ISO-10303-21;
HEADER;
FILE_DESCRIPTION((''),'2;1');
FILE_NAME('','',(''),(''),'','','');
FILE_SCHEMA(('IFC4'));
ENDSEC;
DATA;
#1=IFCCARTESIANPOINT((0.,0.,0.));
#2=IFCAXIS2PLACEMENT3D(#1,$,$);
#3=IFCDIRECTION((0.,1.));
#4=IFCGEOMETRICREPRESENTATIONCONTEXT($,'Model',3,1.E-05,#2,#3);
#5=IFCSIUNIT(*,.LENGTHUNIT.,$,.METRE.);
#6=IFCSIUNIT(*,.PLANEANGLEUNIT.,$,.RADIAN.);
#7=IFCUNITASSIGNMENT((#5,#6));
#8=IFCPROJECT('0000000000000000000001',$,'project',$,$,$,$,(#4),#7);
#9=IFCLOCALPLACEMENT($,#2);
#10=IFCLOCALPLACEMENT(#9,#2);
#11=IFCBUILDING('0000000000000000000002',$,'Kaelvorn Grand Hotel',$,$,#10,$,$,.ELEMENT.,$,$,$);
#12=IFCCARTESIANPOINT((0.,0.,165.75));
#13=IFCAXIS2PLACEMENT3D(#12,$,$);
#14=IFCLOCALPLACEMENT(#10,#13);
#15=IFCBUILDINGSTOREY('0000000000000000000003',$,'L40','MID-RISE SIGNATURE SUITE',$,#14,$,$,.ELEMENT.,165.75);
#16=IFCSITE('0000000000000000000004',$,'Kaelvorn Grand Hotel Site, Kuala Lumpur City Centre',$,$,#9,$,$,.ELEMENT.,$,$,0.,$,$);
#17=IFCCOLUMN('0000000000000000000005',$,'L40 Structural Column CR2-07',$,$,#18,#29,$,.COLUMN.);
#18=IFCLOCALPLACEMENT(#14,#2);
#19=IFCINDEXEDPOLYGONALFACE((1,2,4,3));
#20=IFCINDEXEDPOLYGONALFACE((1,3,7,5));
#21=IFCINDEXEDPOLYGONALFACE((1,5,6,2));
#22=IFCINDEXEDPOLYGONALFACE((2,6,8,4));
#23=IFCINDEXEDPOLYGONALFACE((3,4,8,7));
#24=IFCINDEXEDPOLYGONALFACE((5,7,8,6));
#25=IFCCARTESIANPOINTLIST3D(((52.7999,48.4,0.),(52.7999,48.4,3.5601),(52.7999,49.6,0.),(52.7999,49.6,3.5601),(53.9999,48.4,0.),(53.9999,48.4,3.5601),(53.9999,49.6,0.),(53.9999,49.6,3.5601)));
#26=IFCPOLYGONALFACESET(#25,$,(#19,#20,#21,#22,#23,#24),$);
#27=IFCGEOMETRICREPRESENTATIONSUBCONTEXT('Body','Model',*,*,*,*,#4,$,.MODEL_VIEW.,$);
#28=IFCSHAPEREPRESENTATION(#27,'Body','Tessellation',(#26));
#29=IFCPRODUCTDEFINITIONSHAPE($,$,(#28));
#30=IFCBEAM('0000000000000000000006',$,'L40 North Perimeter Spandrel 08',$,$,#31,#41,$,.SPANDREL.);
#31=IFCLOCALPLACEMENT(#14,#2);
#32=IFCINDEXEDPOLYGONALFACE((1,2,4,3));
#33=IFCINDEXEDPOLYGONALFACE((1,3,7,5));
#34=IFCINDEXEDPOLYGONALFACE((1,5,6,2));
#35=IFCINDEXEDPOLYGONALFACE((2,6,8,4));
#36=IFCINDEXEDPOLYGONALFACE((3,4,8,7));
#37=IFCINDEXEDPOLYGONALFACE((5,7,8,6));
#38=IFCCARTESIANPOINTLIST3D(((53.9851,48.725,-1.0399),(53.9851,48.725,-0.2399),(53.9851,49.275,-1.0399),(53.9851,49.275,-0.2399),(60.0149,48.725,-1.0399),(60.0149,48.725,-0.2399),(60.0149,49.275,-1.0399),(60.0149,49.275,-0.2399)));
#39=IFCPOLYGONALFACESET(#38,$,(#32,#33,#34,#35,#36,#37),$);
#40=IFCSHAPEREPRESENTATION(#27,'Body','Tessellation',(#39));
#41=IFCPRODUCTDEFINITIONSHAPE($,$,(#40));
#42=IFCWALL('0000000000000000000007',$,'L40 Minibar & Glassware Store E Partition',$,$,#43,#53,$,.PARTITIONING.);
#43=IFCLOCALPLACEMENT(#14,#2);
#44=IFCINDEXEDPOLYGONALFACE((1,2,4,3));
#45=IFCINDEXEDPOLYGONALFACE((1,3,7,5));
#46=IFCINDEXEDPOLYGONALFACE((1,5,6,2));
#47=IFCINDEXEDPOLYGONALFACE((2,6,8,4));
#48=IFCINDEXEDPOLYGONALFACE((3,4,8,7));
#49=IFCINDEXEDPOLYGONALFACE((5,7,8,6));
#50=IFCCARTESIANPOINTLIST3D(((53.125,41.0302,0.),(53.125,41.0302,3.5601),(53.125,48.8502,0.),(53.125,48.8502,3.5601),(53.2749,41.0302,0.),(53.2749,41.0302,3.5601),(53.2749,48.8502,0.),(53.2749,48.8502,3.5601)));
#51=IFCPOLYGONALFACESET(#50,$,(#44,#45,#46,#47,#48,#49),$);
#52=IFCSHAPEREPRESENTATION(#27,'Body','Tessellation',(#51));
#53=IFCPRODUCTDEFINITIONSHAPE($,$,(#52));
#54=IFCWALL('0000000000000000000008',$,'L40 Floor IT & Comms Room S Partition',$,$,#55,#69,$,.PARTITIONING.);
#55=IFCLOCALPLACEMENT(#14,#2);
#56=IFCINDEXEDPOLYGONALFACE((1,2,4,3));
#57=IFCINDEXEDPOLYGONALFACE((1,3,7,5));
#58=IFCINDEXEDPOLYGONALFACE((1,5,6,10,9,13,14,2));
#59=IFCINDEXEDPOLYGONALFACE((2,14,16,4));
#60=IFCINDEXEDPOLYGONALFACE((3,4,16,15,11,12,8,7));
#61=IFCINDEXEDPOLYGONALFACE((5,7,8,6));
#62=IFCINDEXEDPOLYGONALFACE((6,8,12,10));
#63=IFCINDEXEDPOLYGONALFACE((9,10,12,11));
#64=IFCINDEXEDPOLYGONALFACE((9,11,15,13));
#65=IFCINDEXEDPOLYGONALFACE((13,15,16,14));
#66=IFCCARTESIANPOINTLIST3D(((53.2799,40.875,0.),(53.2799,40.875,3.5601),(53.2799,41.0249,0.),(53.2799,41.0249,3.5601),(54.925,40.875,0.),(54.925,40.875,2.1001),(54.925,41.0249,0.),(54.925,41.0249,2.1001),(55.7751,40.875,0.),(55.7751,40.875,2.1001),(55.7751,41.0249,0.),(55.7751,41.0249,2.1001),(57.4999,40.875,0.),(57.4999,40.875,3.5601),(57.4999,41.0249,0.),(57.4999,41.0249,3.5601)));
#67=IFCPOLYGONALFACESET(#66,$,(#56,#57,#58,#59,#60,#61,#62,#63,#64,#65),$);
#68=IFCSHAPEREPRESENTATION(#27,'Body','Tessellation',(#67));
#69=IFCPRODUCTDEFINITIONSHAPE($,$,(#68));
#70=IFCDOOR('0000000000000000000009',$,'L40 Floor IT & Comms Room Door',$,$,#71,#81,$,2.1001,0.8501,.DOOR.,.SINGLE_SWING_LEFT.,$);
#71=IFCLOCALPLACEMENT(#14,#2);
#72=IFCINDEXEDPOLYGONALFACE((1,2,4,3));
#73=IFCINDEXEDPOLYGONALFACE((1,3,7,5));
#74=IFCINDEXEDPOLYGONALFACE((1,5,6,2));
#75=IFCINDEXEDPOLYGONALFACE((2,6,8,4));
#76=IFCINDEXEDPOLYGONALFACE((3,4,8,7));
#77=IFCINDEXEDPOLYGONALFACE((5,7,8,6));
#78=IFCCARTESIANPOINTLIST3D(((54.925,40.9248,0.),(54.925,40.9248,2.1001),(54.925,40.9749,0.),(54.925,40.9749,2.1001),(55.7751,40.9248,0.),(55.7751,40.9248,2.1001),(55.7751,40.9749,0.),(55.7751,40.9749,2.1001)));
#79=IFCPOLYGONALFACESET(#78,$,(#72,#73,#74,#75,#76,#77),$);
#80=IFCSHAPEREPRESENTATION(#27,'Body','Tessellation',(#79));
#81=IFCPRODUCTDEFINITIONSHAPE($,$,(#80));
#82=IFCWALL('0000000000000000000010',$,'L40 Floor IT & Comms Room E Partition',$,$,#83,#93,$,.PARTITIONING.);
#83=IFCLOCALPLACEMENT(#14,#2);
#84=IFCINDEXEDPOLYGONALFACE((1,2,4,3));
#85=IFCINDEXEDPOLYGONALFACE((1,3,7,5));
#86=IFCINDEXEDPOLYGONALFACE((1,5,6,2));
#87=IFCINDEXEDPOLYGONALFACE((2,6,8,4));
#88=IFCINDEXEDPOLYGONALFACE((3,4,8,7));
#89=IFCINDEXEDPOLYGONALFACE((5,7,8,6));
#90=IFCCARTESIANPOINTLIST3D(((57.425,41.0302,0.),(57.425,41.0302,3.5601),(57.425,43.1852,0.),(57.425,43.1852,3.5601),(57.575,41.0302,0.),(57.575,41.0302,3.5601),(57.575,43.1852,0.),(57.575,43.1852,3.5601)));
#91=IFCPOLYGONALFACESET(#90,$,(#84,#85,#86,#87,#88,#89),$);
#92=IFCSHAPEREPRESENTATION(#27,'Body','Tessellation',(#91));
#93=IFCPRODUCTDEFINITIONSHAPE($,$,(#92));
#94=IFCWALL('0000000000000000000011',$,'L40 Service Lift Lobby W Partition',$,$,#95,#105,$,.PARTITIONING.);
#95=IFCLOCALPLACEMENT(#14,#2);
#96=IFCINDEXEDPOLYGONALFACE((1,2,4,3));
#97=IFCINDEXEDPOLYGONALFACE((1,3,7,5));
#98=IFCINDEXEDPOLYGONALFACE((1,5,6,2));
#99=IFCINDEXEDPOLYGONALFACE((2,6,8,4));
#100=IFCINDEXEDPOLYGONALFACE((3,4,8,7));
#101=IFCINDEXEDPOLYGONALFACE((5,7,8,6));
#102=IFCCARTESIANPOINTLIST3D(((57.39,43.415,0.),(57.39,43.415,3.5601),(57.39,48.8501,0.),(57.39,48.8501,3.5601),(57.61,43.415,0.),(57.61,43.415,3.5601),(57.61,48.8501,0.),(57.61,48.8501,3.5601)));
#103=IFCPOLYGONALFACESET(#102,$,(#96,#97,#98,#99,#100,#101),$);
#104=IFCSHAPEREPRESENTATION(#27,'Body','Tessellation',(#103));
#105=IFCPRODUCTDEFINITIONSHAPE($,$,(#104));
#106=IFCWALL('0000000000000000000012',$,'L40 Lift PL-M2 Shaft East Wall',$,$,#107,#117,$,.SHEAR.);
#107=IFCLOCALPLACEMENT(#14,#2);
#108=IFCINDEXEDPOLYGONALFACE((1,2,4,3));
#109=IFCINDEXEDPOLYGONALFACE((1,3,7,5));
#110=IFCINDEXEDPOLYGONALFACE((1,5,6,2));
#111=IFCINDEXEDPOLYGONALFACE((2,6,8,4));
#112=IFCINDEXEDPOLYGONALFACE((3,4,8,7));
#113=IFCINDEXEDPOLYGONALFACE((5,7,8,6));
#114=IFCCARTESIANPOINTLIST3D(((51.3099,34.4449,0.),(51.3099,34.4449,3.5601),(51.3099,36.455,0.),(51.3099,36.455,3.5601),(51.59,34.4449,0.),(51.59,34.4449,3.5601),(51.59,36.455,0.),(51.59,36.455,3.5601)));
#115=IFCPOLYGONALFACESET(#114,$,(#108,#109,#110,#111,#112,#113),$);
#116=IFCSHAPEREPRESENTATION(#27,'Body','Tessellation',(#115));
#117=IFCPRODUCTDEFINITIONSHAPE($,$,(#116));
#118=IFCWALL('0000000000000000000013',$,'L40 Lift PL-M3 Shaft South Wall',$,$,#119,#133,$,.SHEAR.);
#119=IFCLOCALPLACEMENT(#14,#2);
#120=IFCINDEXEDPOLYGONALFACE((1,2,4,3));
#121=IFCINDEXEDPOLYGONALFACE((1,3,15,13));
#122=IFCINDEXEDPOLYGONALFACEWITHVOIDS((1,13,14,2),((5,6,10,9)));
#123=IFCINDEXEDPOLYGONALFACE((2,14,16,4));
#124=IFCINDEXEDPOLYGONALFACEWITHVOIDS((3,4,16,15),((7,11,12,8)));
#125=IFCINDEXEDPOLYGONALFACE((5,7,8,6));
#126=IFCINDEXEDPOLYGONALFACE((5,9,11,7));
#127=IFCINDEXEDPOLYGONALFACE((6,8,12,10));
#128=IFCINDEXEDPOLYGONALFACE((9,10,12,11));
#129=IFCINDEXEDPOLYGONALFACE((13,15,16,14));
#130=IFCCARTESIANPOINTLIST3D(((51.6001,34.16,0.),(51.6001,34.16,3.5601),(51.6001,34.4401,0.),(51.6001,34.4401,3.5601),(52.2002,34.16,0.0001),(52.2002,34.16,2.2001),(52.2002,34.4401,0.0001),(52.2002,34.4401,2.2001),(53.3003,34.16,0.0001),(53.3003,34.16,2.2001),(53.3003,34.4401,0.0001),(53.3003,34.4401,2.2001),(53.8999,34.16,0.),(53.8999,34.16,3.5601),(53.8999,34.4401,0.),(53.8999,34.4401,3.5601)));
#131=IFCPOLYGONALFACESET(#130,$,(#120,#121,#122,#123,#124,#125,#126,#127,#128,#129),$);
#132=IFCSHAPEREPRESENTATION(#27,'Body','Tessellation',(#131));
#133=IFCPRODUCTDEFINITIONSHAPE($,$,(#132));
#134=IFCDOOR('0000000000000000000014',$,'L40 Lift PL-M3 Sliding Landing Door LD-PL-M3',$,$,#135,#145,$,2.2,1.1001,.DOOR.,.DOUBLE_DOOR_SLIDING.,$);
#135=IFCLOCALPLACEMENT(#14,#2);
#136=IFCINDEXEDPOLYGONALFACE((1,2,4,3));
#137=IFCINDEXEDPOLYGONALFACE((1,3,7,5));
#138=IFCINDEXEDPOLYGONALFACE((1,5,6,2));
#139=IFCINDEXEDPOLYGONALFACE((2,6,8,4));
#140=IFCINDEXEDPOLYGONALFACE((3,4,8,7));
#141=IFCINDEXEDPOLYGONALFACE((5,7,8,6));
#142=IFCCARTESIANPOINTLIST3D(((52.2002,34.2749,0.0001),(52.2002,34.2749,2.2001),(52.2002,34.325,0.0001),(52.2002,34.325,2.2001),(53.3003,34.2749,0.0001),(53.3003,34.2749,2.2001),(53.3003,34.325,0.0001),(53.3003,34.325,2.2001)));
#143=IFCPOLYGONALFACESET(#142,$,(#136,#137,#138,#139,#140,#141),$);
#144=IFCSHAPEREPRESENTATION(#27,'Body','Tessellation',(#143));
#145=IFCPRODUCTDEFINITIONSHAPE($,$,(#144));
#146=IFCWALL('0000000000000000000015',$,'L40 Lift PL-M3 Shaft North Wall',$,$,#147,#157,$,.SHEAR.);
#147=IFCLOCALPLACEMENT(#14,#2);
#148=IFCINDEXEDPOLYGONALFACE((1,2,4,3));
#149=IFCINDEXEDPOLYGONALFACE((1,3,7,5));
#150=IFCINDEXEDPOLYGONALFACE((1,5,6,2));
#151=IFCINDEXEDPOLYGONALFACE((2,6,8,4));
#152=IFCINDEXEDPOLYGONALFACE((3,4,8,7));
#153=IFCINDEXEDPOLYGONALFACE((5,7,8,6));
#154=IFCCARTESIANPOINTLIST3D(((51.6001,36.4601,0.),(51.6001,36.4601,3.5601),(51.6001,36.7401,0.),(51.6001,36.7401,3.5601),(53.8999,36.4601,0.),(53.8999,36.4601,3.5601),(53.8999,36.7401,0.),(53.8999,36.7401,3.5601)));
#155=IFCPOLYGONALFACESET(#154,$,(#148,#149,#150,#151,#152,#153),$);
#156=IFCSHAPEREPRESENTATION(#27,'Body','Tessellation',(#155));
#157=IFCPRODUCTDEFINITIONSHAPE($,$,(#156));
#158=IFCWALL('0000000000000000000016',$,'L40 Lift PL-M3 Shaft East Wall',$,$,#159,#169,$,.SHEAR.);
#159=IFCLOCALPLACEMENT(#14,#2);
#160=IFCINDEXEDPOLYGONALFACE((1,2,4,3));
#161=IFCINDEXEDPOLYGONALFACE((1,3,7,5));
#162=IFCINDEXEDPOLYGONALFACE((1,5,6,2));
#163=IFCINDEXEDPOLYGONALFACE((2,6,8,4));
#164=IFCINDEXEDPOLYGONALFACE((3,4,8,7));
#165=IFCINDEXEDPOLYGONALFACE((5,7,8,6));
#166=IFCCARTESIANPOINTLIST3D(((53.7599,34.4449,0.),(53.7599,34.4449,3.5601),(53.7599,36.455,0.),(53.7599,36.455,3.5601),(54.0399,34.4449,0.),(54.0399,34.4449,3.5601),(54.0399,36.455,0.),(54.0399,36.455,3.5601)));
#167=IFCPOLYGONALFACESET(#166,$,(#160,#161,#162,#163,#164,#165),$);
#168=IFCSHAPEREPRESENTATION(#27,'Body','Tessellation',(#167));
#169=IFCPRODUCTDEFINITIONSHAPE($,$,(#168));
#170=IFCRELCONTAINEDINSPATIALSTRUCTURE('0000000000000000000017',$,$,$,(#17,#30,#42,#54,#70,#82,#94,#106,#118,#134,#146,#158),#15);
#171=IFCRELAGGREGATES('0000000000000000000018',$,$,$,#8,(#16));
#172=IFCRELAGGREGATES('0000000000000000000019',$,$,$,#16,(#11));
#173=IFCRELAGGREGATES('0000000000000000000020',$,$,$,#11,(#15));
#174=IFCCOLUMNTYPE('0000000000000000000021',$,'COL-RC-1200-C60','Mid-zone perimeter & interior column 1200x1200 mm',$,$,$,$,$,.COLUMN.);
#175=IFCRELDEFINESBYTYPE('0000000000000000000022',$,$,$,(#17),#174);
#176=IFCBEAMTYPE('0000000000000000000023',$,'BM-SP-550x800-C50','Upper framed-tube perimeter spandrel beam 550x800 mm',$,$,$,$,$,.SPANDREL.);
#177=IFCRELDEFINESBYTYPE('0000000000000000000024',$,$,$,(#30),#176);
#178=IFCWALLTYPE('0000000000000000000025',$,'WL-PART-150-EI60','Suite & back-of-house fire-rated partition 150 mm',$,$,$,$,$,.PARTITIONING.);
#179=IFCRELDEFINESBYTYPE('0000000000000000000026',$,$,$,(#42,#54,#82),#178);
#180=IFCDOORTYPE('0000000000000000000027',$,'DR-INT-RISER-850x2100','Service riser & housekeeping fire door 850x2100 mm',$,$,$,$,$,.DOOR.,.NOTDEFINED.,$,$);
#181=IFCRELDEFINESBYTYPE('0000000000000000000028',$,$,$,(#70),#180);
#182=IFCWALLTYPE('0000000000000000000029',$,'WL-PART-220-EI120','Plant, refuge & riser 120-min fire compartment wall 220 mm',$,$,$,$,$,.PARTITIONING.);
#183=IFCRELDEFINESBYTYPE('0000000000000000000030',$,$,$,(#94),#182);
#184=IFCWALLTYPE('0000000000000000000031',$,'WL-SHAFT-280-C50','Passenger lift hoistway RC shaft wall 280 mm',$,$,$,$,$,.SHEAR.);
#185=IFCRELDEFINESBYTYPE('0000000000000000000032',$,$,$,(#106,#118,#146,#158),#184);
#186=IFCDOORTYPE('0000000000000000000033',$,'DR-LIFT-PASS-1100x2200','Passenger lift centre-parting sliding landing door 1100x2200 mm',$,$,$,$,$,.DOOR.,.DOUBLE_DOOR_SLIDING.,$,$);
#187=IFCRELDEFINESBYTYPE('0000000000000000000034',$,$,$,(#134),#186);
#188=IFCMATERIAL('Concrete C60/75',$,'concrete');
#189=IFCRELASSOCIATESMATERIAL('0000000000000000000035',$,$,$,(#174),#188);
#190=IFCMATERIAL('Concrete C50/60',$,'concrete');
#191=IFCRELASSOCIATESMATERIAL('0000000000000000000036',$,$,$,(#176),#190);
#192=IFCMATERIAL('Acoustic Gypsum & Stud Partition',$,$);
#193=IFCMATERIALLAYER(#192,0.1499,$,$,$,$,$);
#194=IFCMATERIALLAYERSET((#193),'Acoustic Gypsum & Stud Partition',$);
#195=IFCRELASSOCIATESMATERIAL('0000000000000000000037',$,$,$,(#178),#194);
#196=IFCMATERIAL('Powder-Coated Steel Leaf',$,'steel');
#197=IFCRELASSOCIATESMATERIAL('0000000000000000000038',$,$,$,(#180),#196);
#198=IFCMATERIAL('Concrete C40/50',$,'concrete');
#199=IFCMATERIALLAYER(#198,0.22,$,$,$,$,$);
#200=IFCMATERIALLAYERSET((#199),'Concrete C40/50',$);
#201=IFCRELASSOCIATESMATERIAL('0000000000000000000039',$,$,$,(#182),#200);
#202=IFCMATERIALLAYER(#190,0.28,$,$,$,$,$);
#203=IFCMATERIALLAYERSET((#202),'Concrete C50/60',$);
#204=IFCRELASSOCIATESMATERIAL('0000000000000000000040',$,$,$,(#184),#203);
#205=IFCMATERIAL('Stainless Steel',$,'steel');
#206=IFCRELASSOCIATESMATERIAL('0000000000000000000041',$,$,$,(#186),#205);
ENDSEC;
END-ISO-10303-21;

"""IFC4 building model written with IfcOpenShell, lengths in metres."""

from ifc_helpers import new_model, si_unit, direction, frame, frame_2d, origin, origin_2d, place, context, subcontext, project, spatial, rectangle, extrude, material, layer, layer_set, material_profile, profile_set, type_object, element, fill, save


model = new_model("IFC4")

# Units and contexts
model_context = context("Model", 3, precision=1e-05, world=origin(), true_north=direction((0.0, 1.0)))
body_context = subcontext(model_context, "Body", "Model", "MODEL_VIEW")
ifc_project = project(units=[si_unit("LENGTHUNIT", "METRE"), si_unit("PLANEANGLEUNIT", "RADIAN")], contexts=[model_context])

# Site, building, storey
site_placement = place(None, origin())
site = spatial("IfcSite", under=ifc_project, at=site_placement, Name="Kaelvorn Grand Hotel Site, Kuala Lumpur City Centre", CompositionType="ELEMENT", RefElevation=0.0)
building_placement = place(site_placement, origin())
building = spatial("IfcBuilding", under=site, at=building_placement, Name="Kaelvorn Grand Hotel", CompositionType="ELEMENT")
storey_placement = place(building_placement, frame((0.0, 0.0, 165.75)))
storey = spatial("IfcBuildingStorey", under=building, at=storey_placement, Name="L40", Description="MID-RISE SIGNATURE SUITE", CompositionType="ELEMENT", Elevation=165.75)

# Column
ifc_material_1 = material(Name="Concrete C60/75", Category="concrete")
ifc_material_profile_1 = material_profile(ifc_material_1, rectangle(XDim=1.2, YDim=1.2, at=origin_2d()), Name="RC COL 1200x1200")
ifc_profile_set_1 = profile_set([ifc_material_profile_1], Name="Concrete C60/75")
column_type = type_object("IfcColumnType", Name="COL-RC-1200-C60", Description="Mid-zone perimeter & interior column 1200x1200 mm", PredefinedType="COLUMN", material=ifc_profile_set_1)
column_placement = place(storey_placement, frame((53.3999, 49.0, 0.0), z_axis=(0.0, 0.0, 1.0), x_axis=(1.0, 0.0, 0.0)))
element("IfcColumn", 1, at=column_placement, inside=storey, type_object=column_type, Name="L40 Structural Column CR2-07", PredefinedType="COLUMN", context=body_context, shape_type="SweptSolid", body=[
    extrude(rectangle(XDim=1.2, YDim=1.2, at=origin_2d()), origin(), (0.0, 0.0, 1.0), 3.5601),
])

# Beam
ifc_material_2 = material(Name="Concrete C50/60", Category="concrete")
ifc_material_profile_2 = material_profile(ifc_material_2, rectangle(XDim=0.55, YDim=0.8, at=origin_2d()), Name="RC SPANDREL 550x800")
ifc_profile_set_2 = profile_set([ifc_material_profile_2], Name="Concrete C50/60")
beam_type = type_object("IfcBeamType", Name="BM-SP-550x800-C50", Description="Upper framed-tube perimeter spandrel beam 550x800 mm", PredefinedType="SPANDREL", material=ifc_profile_set_2)
beam_placement = place(storey_placement, frame((53.9851, 49.0, -0.6399), z_axis=(1.0, 0.0, 0.0), x_axis=(0.0, 1.0, 0.0)))
element("IfcBeam", 2, at=beam_placement, inside=storey, type_object=beam_type, Name="L40 North Perimeter Spandrel 08", PredefinedType="SPANDREL", context=body_context, shape_type="SweptSolid", body=[
    extrude(rectangle(XDim=0.55, YDim=0.8, at=origin_2d()), origin(), (0.0, 0.0, 1.0), 6.0298),
])

# Wall
ifc_material_3 = material(Name="Acoustic Gypsum & Stud Partition")
ifc_layer_1 = layer(ifc_material_3, 0.1499)
ifc_layer_set_1 = layer_set([ifc_layer_1], Name="Acoustic Gypsum & Stud Partition")
wall_type_1 = type_object("IfcWallType", Name="WL-PART-150-EI60", Description="Suite & back-of-house fire-rated partition 150 mm", PredefinedType="PARTITIONING", material=ifc_layer_set_1)
wall_1_placement = place(storey_placement, frame((53.2, 41.03, 0.0), z_axis=(0.0, 0.0, 1.0), x_axis=(0.0, 1.0, 0.0)))
element("IfcWall", 3, at=wall_1_placement, inside=storey, type_object=wall_type_1, Name="L40 Minibar & Glassware Store E Partition", PredefinedType="PARTITIONING", context=body_context, shape_type="SweptSolid", body=[
    extrude(rectangle(XDim=7.8201, YDim=0.1499, at=frame_2d((3.9102, 0.0))), origin(), (0.0, 0.0, 1.0), 3.5601),
])

# Wall, opening, door
wall_2_placement = place(storey_placement, frame((53.28, 40.95, 0.0), z_axis=(0.0, 0.0, 1.0), x_axis=(1.0, 0.0, 0.0)))
wall_2 = element("IfcWall", 4, at=wall_2_placement, inside=storey, type_object=wall_type_1, Name="L40 Floor IT & Comms Room S Partition", PredefinedType="PARTITIONING", context=body_context, shape_type="SweptSolid", body=[
    extrude(rectangle(XDim=4.22, YDim=0.1499, at=frame_2d((2.1099, 0.0))), origin(), (0.0, 0.0, 1.0), 3.5601),
])
opening_1_placement = place(wall_2_placement, frame((1.645, 0.0, 0.0)))
opening_1 = element("IfcOpeningElement", 5, at=opening_1_placement, cuts=wall_2, PredefinedType="OPENING", context=body_context, shape_type="SweptSolid", body=[
    extrude(rectangle(XDim=0.8501, YDim=2.1001, at=frame_2d((0.425, 1.05))), frame((0.0, 0.085, 0.0), z_axis=(0.0, -1.0, 0.0), x_axis=(1.0, 0.0, 0.0)), (0.0, 0.0, 1.0), 0.1699),
])
ifc_material_4 = material(Name="Powder-Coated Steel Leaf", Category="steel")
door_type_1 = type_object("IfcDoorType", Name="DR-INT-RISER-850x2100", Description="Service riser & housekeeping fire door 850x2100 mm", OperationType="NOTDEFINED", PredefinedType="DOOR", material=ifc_material_4)
door_1_placement = place(opening_1_placement, origin())
door_1 = element("IfcDoor", 6, at=door_1_placement, inside=storey, type_object=door_type_1, Name="L40 Floor IT & Comms Room Door", OperationType="SINGLE_SWING_LEFT", OverallHeight=2.1001, OverallWidth=0.8501, PredefinedType="DOOR", context=body_context, shape_type="SweptSolid", body=[
    extrude(rectangle(XDim=0.8501, YDim=2.1001, at=frame_2d((0.425, 1.05))), frame((0.0, 0.0249, 0.0), z_axis=(0.0, -1.0, 0.0), x_axis=(1.0, 0.0, 0.0)), (0.0, 0.0, 1.0), 0.05),
])
fill(opening_1, door_1)

# Wall
wall_3_placement = place(storey_placement, frame((57.5, 41.03, 0.0), z_axis=(0.0, 0.0, 1.0), x_axis=(0.0, 1.0, 0.0)))
element("IfcWall", 7, at=wall_3_placement, inside=storey, type_object=wall_type_1, Name="L40 Floor IT & Comms Room E Partition", PredefinedType="PARTITIONING", context=body_context, shape_type="SweptSolid", body=[
    extrude(rectangle(XDim=2.155, YDim=0.1499, at=frame_2d((1.0776, 0.0))), origin(), (0.0, 0.0, 1.0), 3.5601),
])

# Shared definitions
ifc_material_5 = material(Name="Concrete C40/50", Category="concrete")
ifc_layer_2 = layer(ifc_material_5, 0.22)
ifc_layer_set_2 = layer_set([ifc_layer_2], Name="Concrete C40/50")
wall_type_2 = type_object("IfcWallType", Name="WL-PART-220-EI120", Description="Plant, refuge & riser 120-min fire compartment wall 220 mm", PredefinedType="PARTITIONING", material=ifc_layer_set_2)

# Walls
wall_4_placement = place(storey_placement, frame((57.5, 43.415, 0.0), z_axis=(0.0, 0.0, 1.0), x_axis=(0.0, 1.0, 0.0)))
element("IfcWall", 8, at=wall_4_placement, inside=storey, type_object=wall_type_2, Name="L40 Service Lift Lobby W Partition", PredefinedType="PARTITIONING", context=body_context, shape_type="SweptSolid", body=[
    extrude(rectangle(XDim=5.4351, YDim=0.22, at=frame_2d((2.7175, 0.0))), origin(), (0.0, 0.0, 1.0), 3.5601),
])
ifc_layer_3 = layer(ifc_material_2, 0.28)
ifc_layer_set_3 = layer_set([ifc_layer_3], Name="Concrete C50/60")
wall_type_3 = type_object("IfcWallType", Name="WL-SHAFT-280-C50", Description="Passenger lift hoistway RC shaft wall 280 mm", PredefinedType="SHEAR", material=ifc_layer_set_3)
wall_5_placement = place(storey_placement, frame((51.45, 34.4451, 0.0), z_axis=(0.0, 0.0, 1.0), x_axis=(0.0, 1.0, 0.0)))
element("IfcWall", 9, at=wall_5_placement, inside=storey, type_object=wall_type_3, Name="L40 Lift PL-M2 Shaft East Wall", PredefinedType="SHEAR", context=body_context, shape_type="SweptSolid", body=[
    extrude(rectangle(XDim=2.01, YDim=0.28, at=frame_2d((1.0049, 0.0))), origin(), (0.0, 0.0, 1.0), 3.5601),
])

# Wall, opening, door
wall_6_placement = place(storey_placement, frame((51.6001, 34.3, 0.0), z_axis=(0.0, 0.0, 1.0), x_axis=(1.0, 0.0, 0.0)))
wall_6 = element("IfcWall", 10, at=wall_6_placement, inside=storey, type_object=wall_type_3, Name="L40 Lift PL-M3 Shaft South Wall", PredefinedType="SHEAR", context=body_context, shape_type="SweptSolid", body=[
    extrude(rectangle(XDim=2.2998, YDim=0.28, at=frame_2d((1.1499, 0.0))), origin(), (0.0, 0.0, 1.0), 3.5601),
])
opening_2_placement = place(wall_6_placement, frame((0.6001, 0.0, 0.0)))
opening_2 = element("IfcOpeningElement", 11, at=opening_2_placement, cuts=wall_6, PredefinedType="OPENING", context=body_context, shape_type="SweptSolid", body=[
    extrude(rectangle(XDim=1.1001, YDim=2.2, at=frame_2d((0.55, 1.1001))), frame((0.0, 0.1499, 0.0), z_axis=(0.0, -1.0, 0.0), x_axis=(1.0, 0.0, 0.0)), (0.0, 0.0, 1.0), 0.3),
])
ifc_material_6 = material(Name="Stainless Steel", Category="steel")
door_type_2 = type_object("IfcDoorType", Name="DR-LIFT-PASS-1100x2200", Description="Passenger lift centre-parting sliding landing door 1100x2200 mm", OperationType="DOUBLE_DOOR_SLIDING", PredefinedType="DOOR", material=ifc_material_6)
door_2_placement = place(opening_2_placement, origin())
door_2 = element("IfcDoor", 12, at=door_2_placement, inside=storey, type_object=door_type_2, Name="L40 Lift PL-M3 Sliding Landing Door LD-PL-M3", OperationType="DOUBLE_DOOR_SLIDING", OverallHeight=2.2, OverallWidth=1.1001, PredefinedType="DOOR", context=body_context, shape_type="SweptSolid", body=[
    extrude(rectangle(XDim=1.1001, YDim=2.2, at=frame_2d((0.55, 1.1001))), frame((0.0, 0.0249, 0.0), z_axis=(0.0, -1.0, 0.0), x_axis=(1.0, 0.0, 0.0)), (0.0, 0.0, 1.0), 0.05),
])
fill(opening_2, door_2)

# Walls
wall_7_placement = place(storey_placement, frame((51.6001, 36.6001, 0.0), z_axis=(0.0, 0.0, 1.0), x_axis=(1.0, 0.0, 0.0)))
element("IfcWall", 13, at=wall_7_placement, inside=storey, type_object=wall_type_3, Name="L40 Lift PL-M3 Shaft North Wall", PredefinedType="SHEAR", context=body_context, shape_type="SweptSolid", body=[
    extrude(rectangle(XDim=2.2998, YDim=0.28, at=frame_2d((1.1499, 0.0))), origin(), (0.0, 0.0, 1.0), 3.5601),
])
wall_8_placement = place(storey_placement, frame((53.8999, 34.4451, 0.0), z_axis=(0.0, 0.0, 1.0), x_axis=(0.0, 1.0, 0.0)))
element("IfcWall", 14, at=wall_8_placement, inside=storey, type_object=wall_type_3, Name="L40 Lift PL-M3 Shaft East Wall", PredefinedType="SHEAR", context=body_context, shape_type="SweptSolid", body=[
    extrude(rectangle(XDim=2.01, YDim=0.28, at=frame_2d((1.0049, 0.0))), origin(), (0.0, 0.0, 1.0), 3.5601),
])

save(model, "model.ifc")
